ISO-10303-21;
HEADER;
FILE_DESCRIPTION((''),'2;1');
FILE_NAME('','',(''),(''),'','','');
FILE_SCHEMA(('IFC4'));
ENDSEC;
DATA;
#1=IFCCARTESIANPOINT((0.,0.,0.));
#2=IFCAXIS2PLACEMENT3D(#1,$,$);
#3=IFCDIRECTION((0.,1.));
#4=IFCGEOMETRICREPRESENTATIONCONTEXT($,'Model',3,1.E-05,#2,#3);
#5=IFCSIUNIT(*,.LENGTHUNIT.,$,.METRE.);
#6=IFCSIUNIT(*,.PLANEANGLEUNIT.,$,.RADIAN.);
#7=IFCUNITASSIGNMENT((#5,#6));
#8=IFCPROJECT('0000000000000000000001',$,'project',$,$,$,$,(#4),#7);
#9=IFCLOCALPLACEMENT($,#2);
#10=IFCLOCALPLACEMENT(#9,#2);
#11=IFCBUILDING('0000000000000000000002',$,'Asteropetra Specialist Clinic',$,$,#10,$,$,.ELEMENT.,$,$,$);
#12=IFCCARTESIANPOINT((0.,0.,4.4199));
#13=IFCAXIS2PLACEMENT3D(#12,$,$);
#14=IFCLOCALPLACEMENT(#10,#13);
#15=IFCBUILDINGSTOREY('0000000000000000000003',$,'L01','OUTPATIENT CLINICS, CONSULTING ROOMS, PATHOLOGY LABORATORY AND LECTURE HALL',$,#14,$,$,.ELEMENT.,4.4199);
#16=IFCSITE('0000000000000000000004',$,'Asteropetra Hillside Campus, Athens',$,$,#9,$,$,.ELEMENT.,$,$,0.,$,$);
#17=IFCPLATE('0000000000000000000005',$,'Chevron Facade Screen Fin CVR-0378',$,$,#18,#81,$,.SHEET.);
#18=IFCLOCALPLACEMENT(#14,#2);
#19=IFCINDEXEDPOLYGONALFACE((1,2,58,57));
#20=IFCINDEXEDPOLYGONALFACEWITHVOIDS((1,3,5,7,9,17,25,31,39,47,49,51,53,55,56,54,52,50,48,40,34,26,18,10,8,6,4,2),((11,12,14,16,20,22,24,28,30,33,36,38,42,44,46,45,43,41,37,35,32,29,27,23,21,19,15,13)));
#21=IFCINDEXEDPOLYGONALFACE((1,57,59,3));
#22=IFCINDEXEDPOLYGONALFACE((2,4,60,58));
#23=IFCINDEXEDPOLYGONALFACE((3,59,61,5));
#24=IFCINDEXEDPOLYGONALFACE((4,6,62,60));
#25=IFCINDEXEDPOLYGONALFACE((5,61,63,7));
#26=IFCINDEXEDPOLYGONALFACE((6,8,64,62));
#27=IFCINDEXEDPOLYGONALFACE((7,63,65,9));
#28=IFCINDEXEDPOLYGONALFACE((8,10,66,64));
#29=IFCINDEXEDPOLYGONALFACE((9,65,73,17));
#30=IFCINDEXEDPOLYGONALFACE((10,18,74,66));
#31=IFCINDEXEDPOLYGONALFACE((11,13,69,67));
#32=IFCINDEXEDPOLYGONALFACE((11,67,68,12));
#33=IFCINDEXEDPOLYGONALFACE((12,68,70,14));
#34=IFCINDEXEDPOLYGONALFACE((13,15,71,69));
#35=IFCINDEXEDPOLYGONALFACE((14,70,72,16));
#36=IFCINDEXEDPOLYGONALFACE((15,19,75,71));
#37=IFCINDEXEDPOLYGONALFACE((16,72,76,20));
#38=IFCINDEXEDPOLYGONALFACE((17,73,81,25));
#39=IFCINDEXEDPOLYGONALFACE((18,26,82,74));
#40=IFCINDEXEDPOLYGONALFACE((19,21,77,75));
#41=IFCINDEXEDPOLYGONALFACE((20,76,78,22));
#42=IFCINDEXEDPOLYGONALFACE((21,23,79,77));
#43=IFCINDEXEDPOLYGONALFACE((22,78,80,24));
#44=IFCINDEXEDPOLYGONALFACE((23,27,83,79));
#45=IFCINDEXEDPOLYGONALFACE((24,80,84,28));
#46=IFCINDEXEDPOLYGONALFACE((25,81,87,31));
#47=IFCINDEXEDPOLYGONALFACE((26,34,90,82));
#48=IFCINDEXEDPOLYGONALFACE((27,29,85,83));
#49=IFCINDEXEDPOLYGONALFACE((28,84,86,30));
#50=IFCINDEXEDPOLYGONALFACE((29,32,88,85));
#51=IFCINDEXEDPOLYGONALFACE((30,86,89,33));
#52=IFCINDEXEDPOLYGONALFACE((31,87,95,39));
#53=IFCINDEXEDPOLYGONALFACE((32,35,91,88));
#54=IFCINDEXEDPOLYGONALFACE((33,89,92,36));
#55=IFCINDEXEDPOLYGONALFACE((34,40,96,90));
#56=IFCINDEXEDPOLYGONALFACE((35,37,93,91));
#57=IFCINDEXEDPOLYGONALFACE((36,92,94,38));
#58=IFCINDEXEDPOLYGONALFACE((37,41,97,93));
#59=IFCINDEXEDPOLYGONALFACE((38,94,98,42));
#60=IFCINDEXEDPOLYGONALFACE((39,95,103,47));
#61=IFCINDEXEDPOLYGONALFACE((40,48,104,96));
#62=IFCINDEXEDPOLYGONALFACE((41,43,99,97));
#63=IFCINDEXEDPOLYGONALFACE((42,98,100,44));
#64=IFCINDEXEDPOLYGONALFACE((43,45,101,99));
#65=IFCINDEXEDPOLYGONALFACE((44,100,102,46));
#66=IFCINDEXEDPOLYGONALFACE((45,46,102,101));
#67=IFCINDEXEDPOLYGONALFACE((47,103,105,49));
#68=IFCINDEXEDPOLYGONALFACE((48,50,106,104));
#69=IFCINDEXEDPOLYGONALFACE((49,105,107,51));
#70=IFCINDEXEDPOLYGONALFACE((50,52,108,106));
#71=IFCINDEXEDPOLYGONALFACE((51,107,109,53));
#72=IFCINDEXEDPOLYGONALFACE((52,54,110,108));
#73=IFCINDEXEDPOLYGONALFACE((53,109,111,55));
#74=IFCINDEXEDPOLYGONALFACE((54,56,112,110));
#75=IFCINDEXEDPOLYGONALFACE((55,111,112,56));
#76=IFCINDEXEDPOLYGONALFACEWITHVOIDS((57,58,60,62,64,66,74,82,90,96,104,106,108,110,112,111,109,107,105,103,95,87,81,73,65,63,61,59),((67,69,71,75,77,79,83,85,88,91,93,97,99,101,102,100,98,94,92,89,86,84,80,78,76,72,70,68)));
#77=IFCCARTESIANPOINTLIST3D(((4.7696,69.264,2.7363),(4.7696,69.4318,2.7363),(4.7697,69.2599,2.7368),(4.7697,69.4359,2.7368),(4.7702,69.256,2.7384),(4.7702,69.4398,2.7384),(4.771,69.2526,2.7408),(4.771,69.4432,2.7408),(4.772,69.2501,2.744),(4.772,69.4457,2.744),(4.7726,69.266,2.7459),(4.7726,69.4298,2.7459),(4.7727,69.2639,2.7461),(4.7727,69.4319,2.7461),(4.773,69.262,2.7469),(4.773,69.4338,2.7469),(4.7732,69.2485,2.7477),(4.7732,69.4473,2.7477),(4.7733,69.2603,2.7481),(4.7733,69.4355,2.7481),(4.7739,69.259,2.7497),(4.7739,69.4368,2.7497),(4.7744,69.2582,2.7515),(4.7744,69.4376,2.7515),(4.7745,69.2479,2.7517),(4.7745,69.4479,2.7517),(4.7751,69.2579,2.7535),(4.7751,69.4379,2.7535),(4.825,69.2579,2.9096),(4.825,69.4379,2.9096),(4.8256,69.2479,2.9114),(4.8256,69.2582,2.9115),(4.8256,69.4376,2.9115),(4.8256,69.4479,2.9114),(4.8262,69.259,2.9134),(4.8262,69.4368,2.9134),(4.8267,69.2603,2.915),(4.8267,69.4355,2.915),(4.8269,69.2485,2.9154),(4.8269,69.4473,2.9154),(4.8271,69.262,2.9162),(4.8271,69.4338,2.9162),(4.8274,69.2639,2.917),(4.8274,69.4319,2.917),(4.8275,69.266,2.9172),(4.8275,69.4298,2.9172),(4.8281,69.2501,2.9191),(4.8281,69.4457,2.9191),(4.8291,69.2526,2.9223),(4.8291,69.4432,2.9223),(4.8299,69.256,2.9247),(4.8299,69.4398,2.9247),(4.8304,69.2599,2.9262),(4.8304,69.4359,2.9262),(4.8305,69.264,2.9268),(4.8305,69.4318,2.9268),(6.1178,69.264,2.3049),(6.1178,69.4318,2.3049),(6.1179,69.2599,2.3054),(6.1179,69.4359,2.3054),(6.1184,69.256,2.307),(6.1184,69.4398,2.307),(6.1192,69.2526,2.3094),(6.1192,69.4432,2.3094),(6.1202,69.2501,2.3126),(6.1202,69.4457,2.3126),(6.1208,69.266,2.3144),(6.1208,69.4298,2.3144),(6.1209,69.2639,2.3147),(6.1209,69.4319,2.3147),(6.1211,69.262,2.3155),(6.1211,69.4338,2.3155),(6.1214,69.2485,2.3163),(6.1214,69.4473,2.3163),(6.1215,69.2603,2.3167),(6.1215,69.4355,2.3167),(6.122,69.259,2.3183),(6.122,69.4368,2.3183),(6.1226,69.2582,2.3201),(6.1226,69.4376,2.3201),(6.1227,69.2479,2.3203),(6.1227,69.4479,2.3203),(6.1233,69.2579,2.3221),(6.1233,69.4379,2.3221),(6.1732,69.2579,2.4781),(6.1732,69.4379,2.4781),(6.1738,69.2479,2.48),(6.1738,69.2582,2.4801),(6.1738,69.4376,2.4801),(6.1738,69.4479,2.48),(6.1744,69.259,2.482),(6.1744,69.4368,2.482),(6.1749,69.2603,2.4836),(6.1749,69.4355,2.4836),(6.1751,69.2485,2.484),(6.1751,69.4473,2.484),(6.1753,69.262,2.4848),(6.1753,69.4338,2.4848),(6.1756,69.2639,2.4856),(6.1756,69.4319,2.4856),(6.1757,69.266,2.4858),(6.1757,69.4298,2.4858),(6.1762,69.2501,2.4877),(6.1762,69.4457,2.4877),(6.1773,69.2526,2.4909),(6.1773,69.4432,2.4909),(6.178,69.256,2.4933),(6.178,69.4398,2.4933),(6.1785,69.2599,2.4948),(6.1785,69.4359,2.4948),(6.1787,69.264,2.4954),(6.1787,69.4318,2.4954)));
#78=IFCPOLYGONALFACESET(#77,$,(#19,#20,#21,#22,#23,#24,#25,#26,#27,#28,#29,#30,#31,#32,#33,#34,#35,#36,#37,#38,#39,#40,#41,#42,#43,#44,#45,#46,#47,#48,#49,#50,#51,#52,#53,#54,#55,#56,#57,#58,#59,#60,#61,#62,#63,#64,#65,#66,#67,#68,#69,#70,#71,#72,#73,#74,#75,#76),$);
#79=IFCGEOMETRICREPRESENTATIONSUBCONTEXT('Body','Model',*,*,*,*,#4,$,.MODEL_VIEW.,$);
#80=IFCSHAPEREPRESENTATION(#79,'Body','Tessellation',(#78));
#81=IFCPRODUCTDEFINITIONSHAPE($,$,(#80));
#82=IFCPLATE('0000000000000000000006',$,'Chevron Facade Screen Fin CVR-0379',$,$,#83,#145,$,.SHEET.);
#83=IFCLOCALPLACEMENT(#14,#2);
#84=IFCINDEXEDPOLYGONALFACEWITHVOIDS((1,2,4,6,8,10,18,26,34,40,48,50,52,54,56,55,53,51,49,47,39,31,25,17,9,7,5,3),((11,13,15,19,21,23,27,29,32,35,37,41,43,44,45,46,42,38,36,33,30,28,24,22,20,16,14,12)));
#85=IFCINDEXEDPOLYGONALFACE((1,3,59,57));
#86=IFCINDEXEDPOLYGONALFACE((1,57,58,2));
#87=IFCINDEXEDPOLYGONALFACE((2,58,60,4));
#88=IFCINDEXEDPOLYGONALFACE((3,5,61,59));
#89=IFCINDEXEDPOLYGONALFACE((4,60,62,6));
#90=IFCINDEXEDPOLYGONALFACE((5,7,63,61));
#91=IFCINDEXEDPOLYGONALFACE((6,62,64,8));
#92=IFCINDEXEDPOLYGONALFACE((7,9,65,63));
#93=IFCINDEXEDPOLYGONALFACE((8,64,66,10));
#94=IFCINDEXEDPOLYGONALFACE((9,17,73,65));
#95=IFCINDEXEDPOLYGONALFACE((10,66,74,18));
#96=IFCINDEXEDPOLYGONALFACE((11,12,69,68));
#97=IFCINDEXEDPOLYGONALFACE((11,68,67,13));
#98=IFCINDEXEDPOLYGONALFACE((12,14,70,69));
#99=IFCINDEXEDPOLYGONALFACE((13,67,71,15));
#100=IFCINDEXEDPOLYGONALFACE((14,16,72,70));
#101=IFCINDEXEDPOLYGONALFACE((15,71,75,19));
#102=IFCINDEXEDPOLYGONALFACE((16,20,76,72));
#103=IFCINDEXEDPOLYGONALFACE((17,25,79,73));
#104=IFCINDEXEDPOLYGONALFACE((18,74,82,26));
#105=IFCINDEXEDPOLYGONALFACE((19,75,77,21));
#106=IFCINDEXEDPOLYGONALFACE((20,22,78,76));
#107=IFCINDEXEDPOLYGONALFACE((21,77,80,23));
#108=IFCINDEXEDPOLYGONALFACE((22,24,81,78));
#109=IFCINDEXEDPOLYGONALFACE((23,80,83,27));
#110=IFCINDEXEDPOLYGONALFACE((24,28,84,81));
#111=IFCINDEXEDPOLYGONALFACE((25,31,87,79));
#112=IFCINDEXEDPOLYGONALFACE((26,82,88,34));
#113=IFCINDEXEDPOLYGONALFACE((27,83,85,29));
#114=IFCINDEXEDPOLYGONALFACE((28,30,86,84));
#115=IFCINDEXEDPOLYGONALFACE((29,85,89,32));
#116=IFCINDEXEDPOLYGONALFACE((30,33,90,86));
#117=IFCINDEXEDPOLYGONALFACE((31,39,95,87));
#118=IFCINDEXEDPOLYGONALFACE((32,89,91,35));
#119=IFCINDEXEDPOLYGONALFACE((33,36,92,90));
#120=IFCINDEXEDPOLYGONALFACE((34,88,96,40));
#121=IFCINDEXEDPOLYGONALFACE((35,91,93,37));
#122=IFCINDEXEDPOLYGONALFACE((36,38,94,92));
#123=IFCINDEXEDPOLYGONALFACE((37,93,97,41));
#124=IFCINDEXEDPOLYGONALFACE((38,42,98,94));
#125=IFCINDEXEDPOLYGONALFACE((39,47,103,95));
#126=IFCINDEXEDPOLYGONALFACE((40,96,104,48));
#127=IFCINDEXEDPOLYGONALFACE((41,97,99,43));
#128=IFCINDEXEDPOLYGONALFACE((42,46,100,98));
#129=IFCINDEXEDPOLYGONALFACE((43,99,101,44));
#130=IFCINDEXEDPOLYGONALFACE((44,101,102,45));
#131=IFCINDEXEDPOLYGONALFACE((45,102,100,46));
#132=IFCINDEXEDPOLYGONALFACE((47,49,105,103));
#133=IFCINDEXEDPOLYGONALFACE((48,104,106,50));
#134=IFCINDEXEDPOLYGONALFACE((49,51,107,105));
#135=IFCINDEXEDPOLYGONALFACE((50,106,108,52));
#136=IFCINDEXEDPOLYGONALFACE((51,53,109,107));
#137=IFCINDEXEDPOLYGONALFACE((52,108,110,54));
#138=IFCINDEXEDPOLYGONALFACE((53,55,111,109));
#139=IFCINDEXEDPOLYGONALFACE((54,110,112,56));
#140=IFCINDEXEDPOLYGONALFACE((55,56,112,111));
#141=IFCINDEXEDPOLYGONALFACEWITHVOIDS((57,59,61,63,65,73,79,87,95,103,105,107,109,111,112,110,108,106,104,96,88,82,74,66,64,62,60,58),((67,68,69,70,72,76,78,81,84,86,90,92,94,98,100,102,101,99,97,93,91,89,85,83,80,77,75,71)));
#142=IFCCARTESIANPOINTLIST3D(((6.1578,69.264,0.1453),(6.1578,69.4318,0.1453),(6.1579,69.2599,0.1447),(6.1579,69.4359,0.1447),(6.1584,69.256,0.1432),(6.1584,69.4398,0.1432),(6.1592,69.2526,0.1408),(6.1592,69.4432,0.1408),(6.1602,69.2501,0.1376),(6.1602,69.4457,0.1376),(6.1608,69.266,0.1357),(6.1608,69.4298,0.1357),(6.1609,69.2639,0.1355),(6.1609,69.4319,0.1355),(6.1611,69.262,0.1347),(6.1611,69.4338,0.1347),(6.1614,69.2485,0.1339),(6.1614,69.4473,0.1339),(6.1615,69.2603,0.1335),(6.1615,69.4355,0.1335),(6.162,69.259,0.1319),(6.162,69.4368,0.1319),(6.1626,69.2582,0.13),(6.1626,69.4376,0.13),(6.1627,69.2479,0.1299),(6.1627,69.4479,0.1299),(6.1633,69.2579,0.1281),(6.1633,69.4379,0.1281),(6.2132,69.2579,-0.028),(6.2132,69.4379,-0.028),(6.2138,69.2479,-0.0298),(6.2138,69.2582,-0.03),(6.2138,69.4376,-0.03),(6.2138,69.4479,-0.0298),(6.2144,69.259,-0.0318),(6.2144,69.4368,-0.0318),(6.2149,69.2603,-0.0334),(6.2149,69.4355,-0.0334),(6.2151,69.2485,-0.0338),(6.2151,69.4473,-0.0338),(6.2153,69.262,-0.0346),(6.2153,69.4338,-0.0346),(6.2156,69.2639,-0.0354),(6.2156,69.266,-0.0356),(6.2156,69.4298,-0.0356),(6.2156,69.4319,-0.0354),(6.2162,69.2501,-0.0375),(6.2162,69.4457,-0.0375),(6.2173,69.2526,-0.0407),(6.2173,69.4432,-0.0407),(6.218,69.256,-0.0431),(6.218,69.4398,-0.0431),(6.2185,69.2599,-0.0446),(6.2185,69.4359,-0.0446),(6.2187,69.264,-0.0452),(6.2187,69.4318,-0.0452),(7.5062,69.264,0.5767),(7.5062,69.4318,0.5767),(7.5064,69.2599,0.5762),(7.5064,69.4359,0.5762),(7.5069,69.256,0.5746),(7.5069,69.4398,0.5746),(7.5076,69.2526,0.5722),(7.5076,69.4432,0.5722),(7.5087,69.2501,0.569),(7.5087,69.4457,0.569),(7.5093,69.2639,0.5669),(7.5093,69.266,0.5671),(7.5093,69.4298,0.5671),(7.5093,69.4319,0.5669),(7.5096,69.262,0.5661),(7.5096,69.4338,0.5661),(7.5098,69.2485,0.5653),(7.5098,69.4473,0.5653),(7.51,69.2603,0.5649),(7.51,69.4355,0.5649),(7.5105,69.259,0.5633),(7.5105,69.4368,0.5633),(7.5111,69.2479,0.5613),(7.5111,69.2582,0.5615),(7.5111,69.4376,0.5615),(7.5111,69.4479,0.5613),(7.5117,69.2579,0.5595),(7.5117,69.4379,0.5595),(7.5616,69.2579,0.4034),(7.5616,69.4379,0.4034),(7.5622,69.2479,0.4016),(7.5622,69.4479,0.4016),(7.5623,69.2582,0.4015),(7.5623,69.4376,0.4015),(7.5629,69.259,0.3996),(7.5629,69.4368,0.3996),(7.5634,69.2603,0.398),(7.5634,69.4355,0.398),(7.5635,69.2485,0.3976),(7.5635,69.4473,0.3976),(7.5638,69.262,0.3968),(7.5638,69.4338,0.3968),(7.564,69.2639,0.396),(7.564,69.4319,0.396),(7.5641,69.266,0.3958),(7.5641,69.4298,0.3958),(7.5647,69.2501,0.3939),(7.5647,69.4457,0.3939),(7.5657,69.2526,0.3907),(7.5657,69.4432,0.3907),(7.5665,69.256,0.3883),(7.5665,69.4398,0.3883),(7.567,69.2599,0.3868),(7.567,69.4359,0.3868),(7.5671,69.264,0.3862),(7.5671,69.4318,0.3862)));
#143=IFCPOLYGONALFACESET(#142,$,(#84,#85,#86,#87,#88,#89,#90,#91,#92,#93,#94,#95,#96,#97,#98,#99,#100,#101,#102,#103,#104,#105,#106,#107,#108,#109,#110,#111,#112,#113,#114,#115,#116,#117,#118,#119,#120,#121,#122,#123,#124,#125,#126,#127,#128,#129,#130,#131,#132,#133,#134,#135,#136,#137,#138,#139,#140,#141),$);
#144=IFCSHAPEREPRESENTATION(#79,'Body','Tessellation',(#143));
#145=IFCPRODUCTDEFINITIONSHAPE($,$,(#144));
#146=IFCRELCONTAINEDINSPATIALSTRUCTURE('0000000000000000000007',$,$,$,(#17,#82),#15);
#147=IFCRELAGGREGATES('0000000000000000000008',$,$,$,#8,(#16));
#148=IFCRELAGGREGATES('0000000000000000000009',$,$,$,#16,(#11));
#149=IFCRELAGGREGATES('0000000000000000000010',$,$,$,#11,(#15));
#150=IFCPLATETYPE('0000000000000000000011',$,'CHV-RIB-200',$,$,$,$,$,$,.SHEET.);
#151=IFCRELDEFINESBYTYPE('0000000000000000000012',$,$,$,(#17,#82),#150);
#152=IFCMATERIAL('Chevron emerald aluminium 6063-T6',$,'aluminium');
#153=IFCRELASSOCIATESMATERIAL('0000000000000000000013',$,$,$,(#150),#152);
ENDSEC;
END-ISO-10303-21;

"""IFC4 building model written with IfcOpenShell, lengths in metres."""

from ifc_helpers import new_model, si_unit, direction, frame, origin, origin_2d, place, context, subcontext, project, spatial, hollow_rectangle, extrude, material, material_profile, profile_set, type_object, element, save


model = new_model("IFC4")

# Units and contexts
model_context = context("Model", 3, precision=1e-05, world=origin(), true_north=direction((0.0, 1.0)))
body_context = subcontext(model_context, "Body", "Model", "MODEL_VIEW")
ifc_project = project(units=[si_unit("LENGTHUNIT", "METRE"), si_unit("PLANEANGLEUNIT", "RADIAN")], contexts=[model_context])

# Site, building, storey
site_placement = place(None, origin())
site = spatial("IfcSite", under=ifc_project, at=site_placement, Name="Asteropetra Hillside Campus, Athens", CompositionType="ELEMENT", RefElevation=0.0)
building_placement = place(site_placement, origin())
building = spatial("IfcBuilding", under=site, at=building_placement, Name="Asteropetra Specialist Clinic", CompositionType="ELEMENT")
storey_placement = place(building_placement, frame((0.0, 0.0, 4.4199)))
storey = spatial("IfcBuildingStorey", under=building, at=storey_placement, Name="L01", Description="OUTPATIENT CLINICS, CONSULTING ROOMS, PATHOLOGY LABORATORY AND LECTURE HALL", CompositionType="ELEMENT", Elevation=4.4199)

# Plates
ifc_material_1 = material(Name="Chevron emerald aluminium 6063-T6", Category="aluminium")
ifc_material_profile_1 = material_profile(ifc_material_1, hollow_rectangle(XDim=0.2, YDim=0.2, WallThickness=0.01, InnerFilletRadius=0.0081, OuterFilletRadius=0.0161, at=origin_2d()), Name="SHS 200x200x10.0")
ifc_profile_set_1 = profile_set([ifc_material_profile_1], Name="Chevron emerald aluminium 6063-T6")
plate_type_1 = type_object("IfcPlateType", Name="CHV-RIB-200", PredefinedType="SHEET", material=ifc_profile_set_1)
for number, where, z_axis, x_axis, name in (
    (1, (4.8, 69.3479, 2.8315), (0.952426, 0.0, -0.304769), (0.0, 1.0, 0.0), "Chevron Facade Screen Fin CVR-0378"),
):
    element("IfcPlate", number, at=place(storey_placement, frame(where, z_axis=z_axis, x_axis=x_axis)), inside=storey, type_object=plate_type_1, Name=name, PredefinedType="SHEET", context=body_context, shape_type="SweptSolid", body=[
        extrude(hollow_rectangle(XDim=0.2, YDim=0.2, WallThickness=0.01, InnerFilletRadius=0.0081, OuterFilletRadius=0.0161, at=origin_2d()), origin(), (0.0, 0.0, 1.0), 1.4155),
    ])
for number, where, z_axis, x_axis, name in (
    (2, (6.1882, 69.3479, 0.05), (0.952442, 0.0, 0.304719), (0.0, 1.0, 0.0), "Chevron Facade Screen Fin CVR-0379"),
):
    element("IfcPlate", number, at=place(storey_placement, frame(where, z_axis=z_axis, x_axis=x_axis)), inside=storey, type_object=plate_type_1, Name=name, PredefinedType="SHEET", context=body_context, shape_type="SweptSolid", body=[
        extrude(hollow_rectangle(XDim=0.2, YDim=0.2, WallThickness=0.01, InnerFilletRadius=0.0081, OuterFilletRadius=0.0161, at=origin_2d()), origin(), (0.0, 0.0, 1.0), 1.4158),
    ])

save(model, "model.ifc")
